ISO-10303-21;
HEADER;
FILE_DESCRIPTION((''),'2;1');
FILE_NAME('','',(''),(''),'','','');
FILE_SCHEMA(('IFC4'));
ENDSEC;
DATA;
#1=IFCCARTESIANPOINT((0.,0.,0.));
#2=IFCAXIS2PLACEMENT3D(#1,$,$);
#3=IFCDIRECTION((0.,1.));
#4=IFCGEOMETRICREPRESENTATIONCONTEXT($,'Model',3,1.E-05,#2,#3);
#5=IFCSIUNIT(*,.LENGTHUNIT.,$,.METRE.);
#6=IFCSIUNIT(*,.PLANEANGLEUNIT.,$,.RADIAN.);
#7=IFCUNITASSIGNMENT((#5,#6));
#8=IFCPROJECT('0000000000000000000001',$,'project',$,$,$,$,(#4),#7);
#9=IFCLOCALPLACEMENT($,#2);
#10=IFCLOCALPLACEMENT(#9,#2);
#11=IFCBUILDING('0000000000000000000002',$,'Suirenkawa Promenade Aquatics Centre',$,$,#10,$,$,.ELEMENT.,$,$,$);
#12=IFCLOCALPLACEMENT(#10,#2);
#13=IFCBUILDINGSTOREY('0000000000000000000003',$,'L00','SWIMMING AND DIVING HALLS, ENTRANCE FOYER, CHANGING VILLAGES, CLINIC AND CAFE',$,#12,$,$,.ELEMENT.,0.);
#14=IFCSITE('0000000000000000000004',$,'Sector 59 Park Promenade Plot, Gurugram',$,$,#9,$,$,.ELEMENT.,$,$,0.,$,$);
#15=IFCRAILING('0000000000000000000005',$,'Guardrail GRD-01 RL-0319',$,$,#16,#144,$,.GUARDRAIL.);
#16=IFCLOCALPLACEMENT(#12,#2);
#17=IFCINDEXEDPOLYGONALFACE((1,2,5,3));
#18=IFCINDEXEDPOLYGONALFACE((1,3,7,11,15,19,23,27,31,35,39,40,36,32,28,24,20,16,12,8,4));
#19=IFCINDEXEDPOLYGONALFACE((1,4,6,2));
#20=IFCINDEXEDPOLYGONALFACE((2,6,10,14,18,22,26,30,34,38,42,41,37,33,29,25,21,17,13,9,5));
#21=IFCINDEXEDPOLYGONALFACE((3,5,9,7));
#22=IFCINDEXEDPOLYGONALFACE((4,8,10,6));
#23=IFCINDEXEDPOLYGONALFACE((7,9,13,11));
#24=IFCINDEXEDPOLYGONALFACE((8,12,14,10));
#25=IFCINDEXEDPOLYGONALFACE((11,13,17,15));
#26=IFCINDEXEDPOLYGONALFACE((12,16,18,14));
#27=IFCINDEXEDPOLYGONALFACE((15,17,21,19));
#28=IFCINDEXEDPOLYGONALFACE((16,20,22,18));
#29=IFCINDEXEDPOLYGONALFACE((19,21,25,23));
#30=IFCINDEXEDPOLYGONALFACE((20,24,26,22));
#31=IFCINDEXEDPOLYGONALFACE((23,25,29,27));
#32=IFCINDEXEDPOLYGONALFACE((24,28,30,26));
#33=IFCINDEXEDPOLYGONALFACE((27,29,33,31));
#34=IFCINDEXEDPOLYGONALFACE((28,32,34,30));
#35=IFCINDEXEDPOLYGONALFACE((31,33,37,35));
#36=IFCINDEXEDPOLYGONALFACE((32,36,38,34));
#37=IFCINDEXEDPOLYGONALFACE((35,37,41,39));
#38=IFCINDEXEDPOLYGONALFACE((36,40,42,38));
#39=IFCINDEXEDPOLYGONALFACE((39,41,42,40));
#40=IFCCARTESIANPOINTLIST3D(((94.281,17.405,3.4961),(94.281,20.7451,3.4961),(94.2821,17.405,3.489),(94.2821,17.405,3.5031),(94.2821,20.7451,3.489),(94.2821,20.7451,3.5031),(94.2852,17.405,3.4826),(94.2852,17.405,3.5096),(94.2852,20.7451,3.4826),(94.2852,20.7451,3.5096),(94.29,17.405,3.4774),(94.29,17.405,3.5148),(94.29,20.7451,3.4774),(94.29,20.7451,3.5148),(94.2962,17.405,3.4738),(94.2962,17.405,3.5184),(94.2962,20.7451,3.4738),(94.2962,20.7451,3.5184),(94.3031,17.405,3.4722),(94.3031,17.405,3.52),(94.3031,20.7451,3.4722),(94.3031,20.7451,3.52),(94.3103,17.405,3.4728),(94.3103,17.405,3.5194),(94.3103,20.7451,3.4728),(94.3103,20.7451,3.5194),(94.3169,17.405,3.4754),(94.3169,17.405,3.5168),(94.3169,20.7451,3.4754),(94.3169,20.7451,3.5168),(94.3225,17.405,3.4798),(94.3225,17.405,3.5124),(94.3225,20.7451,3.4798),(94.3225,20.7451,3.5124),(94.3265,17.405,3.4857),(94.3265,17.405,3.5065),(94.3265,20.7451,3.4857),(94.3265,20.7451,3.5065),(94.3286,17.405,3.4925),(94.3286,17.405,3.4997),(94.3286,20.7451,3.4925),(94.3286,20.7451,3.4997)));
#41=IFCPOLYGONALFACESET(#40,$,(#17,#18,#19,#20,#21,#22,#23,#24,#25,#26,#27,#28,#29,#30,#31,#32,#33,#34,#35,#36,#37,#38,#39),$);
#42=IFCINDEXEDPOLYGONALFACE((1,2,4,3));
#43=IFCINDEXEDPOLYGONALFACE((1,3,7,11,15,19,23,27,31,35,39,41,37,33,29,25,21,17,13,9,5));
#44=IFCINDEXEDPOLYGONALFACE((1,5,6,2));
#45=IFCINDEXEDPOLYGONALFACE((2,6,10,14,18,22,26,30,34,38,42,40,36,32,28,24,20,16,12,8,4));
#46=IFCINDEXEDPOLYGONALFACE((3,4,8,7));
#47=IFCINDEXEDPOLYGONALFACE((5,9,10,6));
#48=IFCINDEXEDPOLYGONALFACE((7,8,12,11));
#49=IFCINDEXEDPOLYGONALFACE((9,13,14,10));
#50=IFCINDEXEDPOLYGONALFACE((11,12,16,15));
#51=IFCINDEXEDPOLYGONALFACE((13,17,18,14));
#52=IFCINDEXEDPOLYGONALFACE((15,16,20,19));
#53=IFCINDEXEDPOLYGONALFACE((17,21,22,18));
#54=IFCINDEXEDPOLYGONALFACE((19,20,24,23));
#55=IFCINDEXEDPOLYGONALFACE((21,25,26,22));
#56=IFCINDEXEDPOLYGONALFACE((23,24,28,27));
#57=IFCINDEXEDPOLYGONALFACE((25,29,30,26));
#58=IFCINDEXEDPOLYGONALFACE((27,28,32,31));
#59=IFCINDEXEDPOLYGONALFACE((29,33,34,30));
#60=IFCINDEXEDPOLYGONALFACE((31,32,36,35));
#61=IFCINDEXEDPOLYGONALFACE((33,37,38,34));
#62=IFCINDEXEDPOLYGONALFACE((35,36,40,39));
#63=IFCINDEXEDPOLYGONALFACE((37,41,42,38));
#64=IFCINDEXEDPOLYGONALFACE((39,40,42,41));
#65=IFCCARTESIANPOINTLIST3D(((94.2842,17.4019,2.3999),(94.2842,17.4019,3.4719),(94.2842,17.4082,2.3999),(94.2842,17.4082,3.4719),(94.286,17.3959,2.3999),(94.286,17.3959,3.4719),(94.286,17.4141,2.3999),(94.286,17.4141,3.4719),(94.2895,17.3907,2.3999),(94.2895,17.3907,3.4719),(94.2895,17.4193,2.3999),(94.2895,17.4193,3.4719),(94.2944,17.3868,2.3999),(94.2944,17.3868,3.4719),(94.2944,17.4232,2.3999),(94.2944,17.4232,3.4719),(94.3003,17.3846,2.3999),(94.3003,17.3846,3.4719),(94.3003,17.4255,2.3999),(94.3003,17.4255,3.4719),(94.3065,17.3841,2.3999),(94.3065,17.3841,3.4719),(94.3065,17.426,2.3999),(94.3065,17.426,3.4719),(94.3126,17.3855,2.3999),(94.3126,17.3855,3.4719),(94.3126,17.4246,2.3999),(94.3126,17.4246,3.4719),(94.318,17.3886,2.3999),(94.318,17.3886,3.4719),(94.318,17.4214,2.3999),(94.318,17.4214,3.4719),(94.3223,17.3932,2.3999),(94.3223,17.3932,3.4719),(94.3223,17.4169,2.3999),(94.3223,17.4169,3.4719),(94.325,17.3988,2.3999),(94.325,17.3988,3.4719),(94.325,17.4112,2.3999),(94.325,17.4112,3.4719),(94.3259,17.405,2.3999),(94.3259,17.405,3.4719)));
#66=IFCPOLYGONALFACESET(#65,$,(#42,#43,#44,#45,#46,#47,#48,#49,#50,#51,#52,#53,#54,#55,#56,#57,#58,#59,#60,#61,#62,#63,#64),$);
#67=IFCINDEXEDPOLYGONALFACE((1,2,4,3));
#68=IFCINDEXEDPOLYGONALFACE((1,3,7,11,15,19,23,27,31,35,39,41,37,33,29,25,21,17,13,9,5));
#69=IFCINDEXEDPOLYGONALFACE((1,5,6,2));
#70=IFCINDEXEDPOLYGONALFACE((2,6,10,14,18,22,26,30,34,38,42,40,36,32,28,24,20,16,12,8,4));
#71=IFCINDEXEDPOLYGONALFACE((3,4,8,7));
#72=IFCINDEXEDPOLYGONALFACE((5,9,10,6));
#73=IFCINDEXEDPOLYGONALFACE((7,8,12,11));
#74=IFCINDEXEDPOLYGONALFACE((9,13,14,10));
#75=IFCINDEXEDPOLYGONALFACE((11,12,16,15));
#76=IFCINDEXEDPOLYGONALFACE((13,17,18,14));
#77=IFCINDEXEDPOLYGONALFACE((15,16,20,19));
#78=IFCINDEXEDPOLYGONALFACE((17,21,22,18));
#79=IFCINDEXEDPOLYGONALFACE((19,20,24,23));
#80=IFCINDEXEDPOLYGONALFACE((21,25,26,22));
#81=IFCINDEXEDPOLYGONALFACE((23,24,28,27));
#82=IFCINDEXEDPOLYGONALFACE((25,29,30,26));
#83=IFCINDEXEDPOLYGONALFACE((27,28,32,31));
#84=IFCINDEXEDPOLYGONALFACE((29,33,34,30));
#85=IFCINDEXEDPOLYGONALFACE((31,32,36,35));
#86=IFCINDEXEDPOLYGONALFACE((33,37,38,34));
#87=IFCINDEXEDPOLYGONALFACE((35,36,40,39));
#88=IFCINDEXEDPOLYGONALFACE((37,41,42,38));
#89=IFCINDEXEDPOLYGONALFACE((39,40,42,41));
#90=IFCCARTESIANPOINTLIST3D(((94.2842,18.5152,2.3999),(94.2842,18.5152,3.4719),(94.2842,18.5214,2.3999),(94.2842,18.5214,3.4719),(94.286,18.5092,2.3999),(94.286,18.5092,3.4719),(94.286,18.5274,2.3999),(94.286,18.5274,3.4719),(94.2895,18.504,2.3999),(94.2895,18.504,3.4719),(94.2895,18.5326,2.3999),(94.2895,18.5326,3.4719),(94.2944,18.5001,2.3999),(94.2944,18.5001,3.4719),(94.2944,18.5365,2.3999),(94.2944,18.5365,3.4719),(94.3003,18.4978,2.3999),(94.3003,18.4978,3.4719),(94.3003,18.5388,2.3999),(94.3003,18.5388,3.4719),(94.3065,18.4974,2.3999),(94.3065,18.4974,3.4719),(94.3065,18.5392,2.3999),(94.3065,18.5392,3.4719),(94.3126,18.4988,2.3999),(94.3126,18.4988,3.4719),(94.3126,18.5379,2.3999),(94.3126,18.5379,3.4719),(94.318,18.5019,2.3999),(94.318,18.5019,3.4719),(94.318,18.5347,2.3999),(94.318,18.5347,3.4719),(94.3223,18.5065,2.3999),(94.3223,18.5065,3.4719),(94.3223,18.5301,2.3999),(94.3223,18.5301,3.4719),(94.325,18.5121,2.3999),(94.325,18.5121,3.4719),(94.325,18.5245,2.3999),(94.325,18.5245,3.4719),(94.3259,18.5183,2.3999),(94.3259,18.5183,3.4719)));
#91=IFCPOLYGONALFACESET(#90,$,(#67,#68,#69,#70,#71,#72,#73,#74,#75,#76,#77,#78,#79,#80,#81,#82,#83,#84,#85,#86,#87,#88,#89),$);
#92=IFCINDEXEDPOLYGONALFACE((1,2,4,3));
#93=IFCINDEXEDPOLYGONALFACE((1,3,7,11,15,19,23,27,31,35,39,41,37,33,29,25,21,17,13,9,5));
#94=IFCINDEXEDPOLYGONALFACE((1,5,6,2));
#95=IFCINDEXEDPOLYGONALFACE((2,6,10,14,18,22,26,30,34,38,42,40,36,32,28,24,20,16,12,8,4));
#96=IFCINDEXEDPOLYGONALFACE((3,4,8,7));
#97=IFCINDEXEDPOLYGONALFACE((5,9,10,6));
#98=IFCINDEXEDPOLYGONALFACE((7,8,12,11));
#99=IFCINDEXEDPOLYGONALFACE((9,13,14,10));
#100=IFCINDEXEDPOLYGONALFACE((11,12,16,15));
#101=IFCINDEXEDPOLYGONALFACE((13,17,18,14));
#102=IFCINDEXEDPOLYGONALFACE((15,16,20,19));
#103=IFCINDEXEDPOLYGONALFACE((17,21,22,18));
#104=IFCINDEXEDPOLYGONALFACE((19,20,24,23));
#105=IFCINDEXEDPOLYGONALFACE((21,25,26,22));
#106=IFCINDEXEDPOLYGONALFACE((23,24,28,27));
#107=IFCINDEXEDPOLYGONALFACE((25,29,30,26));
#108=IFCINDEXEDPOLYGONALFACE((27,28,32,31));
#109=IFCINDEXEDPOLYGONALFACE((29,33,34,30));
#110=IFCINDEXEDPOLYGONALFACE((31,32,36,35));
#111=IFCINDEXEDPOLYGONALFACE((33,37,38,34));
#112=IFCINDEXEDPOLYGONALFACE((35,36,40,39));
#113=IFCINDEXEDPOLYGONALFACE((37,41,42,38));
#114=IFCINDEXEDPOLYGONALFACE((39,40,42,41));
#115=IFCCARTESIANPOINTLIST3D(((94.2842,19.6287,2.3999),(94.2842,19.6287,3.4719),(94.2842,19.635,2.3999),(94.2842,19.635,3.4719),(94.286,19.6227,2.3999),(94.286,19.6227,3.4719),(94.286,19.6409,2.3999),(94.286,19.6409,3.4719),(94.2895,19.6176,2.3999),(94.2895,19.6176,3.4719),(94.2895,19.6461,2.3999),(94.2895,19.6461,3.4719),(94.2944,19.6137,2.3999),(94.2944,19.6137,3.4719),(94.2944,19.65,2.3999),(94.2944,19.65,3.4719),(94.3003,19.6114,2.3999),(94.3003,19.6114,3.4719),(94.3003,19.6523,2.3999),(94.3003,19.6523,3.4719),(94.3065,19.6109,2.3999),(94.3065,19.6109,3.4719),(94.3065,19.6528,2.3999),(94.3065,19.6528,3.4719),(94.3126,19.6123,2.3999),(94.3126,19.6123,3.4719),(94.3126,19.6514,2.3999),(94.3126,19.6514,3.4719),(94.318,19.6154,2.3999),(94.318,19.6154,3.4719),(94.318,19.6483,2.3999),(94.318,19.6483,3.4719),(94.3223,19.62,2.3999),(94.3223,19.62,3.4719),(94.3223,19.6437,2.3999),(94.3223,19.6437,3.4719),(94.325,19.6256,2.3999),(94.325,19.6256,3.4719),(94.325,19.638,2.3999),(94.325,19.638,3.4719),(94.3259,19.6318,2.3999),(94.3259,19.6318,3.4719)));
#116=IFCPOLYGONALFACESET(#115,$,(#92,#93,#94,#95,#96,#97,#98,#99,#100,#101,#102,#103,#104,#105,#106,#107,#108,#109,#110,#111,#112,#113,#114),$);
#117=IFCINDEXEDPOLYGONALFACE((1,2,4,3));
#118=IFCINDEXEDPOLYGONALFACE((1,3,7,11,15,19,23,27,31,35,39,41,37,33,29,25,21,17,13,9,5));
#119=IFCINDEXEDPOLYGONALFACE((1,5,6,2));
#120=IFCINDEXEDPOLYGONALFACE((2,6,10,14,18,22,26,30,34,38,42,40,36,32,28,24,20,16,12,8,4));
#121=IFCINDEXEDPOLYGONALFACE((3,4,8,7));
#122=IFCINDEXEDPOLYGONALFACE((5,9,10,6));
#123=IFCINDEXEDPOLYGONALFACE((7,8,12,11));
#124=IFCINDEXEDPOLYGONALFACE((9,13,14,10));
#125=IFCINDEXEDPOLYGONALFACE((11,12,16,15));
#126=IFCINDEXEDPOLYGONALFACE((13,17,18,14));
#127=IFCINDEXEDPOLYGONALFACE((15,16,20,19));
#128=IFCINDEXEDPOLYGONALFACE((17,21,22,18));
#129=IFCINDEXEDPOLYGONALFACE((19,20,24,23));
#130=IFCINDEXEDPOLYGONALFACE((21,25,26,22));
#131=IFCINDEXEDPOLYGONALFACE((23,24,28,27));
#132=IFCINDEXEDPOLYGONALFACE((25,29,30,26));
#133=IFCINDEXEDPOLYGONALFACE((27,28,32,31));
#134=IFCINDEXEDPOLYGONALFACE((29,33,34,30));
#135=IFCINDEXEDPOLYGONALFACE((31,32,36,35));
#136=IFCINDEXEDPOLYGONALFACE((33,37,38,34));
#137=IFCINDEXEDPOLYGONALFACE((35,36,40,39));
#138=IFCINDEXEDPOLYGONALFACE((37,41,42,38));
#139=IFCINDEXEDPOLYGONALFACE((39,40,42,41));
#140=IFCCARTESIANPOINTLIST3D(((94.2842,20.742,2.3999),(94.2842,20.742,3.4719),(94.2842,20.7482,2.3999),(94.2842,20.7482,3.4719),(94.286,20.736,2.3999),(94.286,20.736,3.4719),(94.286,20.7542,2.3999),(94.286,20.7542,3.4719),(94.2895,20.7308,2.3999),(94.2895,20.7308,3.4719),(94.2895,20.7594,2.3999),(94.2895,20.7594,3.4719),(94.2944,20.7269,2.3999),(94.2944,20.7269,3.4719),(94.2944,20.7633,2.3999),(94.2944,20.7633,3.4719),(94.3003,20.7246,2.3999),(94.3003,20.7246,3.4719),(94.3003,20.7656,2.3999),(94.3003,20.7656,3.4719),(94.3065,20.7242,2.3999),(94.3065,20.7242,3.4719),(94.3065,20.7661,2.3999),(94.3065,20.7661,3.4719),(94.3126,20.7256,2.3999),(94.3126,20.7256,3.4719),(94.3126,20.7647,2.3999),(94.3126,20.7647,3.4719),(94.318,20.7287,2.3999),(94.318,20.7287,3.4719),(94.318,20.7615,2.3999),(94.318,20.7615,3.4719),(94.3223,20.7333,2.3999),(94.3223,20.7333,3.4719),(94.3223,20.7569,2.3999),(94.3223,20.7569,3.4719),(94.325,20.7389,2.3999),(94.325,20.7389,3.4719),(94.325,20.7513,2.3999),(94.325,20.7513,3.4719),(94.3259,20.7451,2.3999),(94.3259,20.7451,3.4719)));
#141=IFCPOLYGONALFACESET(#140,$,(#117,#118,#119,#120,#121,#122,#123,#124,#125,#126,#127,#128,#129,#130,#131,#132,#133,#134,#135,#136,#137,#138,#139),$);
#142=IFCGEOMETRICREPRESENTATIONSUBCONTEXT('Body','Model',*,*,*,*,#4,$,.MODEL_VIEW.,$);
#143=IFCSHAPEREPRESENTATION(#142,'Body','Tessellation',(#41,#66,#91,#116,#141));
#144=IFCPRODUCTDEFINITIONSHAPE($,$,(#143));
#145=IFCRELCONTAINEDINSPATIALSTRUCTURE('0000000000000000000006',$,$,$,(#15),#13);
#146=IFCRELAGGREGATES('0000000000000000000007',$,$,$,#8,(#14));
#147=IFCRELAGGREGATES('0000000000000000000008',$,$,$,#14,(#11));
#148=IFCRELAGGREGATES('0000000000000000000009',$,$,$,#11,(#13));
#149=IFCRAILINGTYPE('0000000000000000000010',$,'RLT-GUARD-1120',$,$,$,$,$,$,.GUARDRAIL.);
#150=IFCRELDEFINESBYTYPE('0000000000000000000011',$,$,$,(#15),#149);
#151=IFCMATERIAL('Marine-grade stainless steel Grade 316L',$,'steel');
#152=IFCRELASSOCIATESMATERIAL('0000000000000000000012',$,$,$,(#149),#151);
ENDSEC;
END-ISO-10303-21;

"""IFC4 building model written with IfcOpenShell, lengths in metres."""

from ifc_helpers import new_model, si_unit, direction, frame, origin, origin_2d, place, context, subcontext, project, spatial, circle, extrude, material, type_object, element, save


model = new_model("IFC4")

# Units and contexts
model_context = context("Model", 3, precision=1e-05, world=origin(), true_north=direction((0.0, 1.0)))
body_context = subcontext(model_context, "Body", "Model", "MODEL_VIEW")
ifc_project = project(units=[si_unit("LENGTHUNIT", "METRE"), si_unit("PLANEANGLEUNIT", "RADIAN")], contexts=[model_context])

# Site, building, storey
site_placement = place(None, origin())
site = spatial("IfcSite", under=ifc_project, at=site_placement, Name="Sector 59 Park Promenade Plot, Gurugram", CompositionType="ELEMENT", RefElevation=0.0)
building_placement = place(site_placement, origin())
building = spatial("IfcBuilding", under=site, at=building_placement, Name="Suirenkawa Promenade Aquatics Centre", CompositionType="ELEMENT")
storey_placement = place(building_placement, origin())
storey = spatial("IfcBuildingStorey", under=building, at=storey_placement, Name="L00", Description="SWIMMING AND DIVING HALLS, ENTRANCE FOYER, CHANGING VILLAGES, CLINIC AND CAFE", CompositionType="ELEMENT", Elevation=0.0)

# Railing
ifc_material_1 = material(Name="Marine-grade stainless steel Grade 316L", Category="steel")
railing_type_1 = type_object("IfcRailingType", Name="RLT-GUARD-1120", PredefinedType="GUARDRAIL", material=ifc_material_1)
for number, where, name in (
    (1, (94.3049, 17.405, 2.3999), "Guardrail GRD-01 RL-0319"),
):
    element("IfcRailing", number, at=place(storey_placement, frame(where)), inside=storey, type_object=railing_type_1, Name=name, PredefinedType="GUARDRAIL", context=body_context, shape_type="SweptSolid", body=[
        extrude(circle(Radius=0.0239, at=origin_2d()), frame((0.0, 0.0, 1.0962), z_axis=(0.0, 1.0, 0.0), x_axis=(-1.0, 0.0, 0.0)), (0.0, 0.0, 1.0), 3.3401),
        extrude(circle(Radius=0.021, at=origin_2d()), origin(), (0.0, 0.0, 1.0), 1.072),
        extrude(circle(Radius=0.021, at=origin_2d()), frame((0.0, 1.1133, 0.0)), (0.0, 0.0, 1.0), 1.072),
        extrude(circle(Radius=0.021, at=origin_2d()), frame((0.0, 2.2268, 0.0)), (0.0, 0.0, 1.0), 1.072),
        extrude(circle(Radius=0.021, at=origin_2d()), frame((0.0, 3.3401, 0.0)), (0.0, 0.0, 1.0), 1.072),
    ])

save(model, "model.ifc")
